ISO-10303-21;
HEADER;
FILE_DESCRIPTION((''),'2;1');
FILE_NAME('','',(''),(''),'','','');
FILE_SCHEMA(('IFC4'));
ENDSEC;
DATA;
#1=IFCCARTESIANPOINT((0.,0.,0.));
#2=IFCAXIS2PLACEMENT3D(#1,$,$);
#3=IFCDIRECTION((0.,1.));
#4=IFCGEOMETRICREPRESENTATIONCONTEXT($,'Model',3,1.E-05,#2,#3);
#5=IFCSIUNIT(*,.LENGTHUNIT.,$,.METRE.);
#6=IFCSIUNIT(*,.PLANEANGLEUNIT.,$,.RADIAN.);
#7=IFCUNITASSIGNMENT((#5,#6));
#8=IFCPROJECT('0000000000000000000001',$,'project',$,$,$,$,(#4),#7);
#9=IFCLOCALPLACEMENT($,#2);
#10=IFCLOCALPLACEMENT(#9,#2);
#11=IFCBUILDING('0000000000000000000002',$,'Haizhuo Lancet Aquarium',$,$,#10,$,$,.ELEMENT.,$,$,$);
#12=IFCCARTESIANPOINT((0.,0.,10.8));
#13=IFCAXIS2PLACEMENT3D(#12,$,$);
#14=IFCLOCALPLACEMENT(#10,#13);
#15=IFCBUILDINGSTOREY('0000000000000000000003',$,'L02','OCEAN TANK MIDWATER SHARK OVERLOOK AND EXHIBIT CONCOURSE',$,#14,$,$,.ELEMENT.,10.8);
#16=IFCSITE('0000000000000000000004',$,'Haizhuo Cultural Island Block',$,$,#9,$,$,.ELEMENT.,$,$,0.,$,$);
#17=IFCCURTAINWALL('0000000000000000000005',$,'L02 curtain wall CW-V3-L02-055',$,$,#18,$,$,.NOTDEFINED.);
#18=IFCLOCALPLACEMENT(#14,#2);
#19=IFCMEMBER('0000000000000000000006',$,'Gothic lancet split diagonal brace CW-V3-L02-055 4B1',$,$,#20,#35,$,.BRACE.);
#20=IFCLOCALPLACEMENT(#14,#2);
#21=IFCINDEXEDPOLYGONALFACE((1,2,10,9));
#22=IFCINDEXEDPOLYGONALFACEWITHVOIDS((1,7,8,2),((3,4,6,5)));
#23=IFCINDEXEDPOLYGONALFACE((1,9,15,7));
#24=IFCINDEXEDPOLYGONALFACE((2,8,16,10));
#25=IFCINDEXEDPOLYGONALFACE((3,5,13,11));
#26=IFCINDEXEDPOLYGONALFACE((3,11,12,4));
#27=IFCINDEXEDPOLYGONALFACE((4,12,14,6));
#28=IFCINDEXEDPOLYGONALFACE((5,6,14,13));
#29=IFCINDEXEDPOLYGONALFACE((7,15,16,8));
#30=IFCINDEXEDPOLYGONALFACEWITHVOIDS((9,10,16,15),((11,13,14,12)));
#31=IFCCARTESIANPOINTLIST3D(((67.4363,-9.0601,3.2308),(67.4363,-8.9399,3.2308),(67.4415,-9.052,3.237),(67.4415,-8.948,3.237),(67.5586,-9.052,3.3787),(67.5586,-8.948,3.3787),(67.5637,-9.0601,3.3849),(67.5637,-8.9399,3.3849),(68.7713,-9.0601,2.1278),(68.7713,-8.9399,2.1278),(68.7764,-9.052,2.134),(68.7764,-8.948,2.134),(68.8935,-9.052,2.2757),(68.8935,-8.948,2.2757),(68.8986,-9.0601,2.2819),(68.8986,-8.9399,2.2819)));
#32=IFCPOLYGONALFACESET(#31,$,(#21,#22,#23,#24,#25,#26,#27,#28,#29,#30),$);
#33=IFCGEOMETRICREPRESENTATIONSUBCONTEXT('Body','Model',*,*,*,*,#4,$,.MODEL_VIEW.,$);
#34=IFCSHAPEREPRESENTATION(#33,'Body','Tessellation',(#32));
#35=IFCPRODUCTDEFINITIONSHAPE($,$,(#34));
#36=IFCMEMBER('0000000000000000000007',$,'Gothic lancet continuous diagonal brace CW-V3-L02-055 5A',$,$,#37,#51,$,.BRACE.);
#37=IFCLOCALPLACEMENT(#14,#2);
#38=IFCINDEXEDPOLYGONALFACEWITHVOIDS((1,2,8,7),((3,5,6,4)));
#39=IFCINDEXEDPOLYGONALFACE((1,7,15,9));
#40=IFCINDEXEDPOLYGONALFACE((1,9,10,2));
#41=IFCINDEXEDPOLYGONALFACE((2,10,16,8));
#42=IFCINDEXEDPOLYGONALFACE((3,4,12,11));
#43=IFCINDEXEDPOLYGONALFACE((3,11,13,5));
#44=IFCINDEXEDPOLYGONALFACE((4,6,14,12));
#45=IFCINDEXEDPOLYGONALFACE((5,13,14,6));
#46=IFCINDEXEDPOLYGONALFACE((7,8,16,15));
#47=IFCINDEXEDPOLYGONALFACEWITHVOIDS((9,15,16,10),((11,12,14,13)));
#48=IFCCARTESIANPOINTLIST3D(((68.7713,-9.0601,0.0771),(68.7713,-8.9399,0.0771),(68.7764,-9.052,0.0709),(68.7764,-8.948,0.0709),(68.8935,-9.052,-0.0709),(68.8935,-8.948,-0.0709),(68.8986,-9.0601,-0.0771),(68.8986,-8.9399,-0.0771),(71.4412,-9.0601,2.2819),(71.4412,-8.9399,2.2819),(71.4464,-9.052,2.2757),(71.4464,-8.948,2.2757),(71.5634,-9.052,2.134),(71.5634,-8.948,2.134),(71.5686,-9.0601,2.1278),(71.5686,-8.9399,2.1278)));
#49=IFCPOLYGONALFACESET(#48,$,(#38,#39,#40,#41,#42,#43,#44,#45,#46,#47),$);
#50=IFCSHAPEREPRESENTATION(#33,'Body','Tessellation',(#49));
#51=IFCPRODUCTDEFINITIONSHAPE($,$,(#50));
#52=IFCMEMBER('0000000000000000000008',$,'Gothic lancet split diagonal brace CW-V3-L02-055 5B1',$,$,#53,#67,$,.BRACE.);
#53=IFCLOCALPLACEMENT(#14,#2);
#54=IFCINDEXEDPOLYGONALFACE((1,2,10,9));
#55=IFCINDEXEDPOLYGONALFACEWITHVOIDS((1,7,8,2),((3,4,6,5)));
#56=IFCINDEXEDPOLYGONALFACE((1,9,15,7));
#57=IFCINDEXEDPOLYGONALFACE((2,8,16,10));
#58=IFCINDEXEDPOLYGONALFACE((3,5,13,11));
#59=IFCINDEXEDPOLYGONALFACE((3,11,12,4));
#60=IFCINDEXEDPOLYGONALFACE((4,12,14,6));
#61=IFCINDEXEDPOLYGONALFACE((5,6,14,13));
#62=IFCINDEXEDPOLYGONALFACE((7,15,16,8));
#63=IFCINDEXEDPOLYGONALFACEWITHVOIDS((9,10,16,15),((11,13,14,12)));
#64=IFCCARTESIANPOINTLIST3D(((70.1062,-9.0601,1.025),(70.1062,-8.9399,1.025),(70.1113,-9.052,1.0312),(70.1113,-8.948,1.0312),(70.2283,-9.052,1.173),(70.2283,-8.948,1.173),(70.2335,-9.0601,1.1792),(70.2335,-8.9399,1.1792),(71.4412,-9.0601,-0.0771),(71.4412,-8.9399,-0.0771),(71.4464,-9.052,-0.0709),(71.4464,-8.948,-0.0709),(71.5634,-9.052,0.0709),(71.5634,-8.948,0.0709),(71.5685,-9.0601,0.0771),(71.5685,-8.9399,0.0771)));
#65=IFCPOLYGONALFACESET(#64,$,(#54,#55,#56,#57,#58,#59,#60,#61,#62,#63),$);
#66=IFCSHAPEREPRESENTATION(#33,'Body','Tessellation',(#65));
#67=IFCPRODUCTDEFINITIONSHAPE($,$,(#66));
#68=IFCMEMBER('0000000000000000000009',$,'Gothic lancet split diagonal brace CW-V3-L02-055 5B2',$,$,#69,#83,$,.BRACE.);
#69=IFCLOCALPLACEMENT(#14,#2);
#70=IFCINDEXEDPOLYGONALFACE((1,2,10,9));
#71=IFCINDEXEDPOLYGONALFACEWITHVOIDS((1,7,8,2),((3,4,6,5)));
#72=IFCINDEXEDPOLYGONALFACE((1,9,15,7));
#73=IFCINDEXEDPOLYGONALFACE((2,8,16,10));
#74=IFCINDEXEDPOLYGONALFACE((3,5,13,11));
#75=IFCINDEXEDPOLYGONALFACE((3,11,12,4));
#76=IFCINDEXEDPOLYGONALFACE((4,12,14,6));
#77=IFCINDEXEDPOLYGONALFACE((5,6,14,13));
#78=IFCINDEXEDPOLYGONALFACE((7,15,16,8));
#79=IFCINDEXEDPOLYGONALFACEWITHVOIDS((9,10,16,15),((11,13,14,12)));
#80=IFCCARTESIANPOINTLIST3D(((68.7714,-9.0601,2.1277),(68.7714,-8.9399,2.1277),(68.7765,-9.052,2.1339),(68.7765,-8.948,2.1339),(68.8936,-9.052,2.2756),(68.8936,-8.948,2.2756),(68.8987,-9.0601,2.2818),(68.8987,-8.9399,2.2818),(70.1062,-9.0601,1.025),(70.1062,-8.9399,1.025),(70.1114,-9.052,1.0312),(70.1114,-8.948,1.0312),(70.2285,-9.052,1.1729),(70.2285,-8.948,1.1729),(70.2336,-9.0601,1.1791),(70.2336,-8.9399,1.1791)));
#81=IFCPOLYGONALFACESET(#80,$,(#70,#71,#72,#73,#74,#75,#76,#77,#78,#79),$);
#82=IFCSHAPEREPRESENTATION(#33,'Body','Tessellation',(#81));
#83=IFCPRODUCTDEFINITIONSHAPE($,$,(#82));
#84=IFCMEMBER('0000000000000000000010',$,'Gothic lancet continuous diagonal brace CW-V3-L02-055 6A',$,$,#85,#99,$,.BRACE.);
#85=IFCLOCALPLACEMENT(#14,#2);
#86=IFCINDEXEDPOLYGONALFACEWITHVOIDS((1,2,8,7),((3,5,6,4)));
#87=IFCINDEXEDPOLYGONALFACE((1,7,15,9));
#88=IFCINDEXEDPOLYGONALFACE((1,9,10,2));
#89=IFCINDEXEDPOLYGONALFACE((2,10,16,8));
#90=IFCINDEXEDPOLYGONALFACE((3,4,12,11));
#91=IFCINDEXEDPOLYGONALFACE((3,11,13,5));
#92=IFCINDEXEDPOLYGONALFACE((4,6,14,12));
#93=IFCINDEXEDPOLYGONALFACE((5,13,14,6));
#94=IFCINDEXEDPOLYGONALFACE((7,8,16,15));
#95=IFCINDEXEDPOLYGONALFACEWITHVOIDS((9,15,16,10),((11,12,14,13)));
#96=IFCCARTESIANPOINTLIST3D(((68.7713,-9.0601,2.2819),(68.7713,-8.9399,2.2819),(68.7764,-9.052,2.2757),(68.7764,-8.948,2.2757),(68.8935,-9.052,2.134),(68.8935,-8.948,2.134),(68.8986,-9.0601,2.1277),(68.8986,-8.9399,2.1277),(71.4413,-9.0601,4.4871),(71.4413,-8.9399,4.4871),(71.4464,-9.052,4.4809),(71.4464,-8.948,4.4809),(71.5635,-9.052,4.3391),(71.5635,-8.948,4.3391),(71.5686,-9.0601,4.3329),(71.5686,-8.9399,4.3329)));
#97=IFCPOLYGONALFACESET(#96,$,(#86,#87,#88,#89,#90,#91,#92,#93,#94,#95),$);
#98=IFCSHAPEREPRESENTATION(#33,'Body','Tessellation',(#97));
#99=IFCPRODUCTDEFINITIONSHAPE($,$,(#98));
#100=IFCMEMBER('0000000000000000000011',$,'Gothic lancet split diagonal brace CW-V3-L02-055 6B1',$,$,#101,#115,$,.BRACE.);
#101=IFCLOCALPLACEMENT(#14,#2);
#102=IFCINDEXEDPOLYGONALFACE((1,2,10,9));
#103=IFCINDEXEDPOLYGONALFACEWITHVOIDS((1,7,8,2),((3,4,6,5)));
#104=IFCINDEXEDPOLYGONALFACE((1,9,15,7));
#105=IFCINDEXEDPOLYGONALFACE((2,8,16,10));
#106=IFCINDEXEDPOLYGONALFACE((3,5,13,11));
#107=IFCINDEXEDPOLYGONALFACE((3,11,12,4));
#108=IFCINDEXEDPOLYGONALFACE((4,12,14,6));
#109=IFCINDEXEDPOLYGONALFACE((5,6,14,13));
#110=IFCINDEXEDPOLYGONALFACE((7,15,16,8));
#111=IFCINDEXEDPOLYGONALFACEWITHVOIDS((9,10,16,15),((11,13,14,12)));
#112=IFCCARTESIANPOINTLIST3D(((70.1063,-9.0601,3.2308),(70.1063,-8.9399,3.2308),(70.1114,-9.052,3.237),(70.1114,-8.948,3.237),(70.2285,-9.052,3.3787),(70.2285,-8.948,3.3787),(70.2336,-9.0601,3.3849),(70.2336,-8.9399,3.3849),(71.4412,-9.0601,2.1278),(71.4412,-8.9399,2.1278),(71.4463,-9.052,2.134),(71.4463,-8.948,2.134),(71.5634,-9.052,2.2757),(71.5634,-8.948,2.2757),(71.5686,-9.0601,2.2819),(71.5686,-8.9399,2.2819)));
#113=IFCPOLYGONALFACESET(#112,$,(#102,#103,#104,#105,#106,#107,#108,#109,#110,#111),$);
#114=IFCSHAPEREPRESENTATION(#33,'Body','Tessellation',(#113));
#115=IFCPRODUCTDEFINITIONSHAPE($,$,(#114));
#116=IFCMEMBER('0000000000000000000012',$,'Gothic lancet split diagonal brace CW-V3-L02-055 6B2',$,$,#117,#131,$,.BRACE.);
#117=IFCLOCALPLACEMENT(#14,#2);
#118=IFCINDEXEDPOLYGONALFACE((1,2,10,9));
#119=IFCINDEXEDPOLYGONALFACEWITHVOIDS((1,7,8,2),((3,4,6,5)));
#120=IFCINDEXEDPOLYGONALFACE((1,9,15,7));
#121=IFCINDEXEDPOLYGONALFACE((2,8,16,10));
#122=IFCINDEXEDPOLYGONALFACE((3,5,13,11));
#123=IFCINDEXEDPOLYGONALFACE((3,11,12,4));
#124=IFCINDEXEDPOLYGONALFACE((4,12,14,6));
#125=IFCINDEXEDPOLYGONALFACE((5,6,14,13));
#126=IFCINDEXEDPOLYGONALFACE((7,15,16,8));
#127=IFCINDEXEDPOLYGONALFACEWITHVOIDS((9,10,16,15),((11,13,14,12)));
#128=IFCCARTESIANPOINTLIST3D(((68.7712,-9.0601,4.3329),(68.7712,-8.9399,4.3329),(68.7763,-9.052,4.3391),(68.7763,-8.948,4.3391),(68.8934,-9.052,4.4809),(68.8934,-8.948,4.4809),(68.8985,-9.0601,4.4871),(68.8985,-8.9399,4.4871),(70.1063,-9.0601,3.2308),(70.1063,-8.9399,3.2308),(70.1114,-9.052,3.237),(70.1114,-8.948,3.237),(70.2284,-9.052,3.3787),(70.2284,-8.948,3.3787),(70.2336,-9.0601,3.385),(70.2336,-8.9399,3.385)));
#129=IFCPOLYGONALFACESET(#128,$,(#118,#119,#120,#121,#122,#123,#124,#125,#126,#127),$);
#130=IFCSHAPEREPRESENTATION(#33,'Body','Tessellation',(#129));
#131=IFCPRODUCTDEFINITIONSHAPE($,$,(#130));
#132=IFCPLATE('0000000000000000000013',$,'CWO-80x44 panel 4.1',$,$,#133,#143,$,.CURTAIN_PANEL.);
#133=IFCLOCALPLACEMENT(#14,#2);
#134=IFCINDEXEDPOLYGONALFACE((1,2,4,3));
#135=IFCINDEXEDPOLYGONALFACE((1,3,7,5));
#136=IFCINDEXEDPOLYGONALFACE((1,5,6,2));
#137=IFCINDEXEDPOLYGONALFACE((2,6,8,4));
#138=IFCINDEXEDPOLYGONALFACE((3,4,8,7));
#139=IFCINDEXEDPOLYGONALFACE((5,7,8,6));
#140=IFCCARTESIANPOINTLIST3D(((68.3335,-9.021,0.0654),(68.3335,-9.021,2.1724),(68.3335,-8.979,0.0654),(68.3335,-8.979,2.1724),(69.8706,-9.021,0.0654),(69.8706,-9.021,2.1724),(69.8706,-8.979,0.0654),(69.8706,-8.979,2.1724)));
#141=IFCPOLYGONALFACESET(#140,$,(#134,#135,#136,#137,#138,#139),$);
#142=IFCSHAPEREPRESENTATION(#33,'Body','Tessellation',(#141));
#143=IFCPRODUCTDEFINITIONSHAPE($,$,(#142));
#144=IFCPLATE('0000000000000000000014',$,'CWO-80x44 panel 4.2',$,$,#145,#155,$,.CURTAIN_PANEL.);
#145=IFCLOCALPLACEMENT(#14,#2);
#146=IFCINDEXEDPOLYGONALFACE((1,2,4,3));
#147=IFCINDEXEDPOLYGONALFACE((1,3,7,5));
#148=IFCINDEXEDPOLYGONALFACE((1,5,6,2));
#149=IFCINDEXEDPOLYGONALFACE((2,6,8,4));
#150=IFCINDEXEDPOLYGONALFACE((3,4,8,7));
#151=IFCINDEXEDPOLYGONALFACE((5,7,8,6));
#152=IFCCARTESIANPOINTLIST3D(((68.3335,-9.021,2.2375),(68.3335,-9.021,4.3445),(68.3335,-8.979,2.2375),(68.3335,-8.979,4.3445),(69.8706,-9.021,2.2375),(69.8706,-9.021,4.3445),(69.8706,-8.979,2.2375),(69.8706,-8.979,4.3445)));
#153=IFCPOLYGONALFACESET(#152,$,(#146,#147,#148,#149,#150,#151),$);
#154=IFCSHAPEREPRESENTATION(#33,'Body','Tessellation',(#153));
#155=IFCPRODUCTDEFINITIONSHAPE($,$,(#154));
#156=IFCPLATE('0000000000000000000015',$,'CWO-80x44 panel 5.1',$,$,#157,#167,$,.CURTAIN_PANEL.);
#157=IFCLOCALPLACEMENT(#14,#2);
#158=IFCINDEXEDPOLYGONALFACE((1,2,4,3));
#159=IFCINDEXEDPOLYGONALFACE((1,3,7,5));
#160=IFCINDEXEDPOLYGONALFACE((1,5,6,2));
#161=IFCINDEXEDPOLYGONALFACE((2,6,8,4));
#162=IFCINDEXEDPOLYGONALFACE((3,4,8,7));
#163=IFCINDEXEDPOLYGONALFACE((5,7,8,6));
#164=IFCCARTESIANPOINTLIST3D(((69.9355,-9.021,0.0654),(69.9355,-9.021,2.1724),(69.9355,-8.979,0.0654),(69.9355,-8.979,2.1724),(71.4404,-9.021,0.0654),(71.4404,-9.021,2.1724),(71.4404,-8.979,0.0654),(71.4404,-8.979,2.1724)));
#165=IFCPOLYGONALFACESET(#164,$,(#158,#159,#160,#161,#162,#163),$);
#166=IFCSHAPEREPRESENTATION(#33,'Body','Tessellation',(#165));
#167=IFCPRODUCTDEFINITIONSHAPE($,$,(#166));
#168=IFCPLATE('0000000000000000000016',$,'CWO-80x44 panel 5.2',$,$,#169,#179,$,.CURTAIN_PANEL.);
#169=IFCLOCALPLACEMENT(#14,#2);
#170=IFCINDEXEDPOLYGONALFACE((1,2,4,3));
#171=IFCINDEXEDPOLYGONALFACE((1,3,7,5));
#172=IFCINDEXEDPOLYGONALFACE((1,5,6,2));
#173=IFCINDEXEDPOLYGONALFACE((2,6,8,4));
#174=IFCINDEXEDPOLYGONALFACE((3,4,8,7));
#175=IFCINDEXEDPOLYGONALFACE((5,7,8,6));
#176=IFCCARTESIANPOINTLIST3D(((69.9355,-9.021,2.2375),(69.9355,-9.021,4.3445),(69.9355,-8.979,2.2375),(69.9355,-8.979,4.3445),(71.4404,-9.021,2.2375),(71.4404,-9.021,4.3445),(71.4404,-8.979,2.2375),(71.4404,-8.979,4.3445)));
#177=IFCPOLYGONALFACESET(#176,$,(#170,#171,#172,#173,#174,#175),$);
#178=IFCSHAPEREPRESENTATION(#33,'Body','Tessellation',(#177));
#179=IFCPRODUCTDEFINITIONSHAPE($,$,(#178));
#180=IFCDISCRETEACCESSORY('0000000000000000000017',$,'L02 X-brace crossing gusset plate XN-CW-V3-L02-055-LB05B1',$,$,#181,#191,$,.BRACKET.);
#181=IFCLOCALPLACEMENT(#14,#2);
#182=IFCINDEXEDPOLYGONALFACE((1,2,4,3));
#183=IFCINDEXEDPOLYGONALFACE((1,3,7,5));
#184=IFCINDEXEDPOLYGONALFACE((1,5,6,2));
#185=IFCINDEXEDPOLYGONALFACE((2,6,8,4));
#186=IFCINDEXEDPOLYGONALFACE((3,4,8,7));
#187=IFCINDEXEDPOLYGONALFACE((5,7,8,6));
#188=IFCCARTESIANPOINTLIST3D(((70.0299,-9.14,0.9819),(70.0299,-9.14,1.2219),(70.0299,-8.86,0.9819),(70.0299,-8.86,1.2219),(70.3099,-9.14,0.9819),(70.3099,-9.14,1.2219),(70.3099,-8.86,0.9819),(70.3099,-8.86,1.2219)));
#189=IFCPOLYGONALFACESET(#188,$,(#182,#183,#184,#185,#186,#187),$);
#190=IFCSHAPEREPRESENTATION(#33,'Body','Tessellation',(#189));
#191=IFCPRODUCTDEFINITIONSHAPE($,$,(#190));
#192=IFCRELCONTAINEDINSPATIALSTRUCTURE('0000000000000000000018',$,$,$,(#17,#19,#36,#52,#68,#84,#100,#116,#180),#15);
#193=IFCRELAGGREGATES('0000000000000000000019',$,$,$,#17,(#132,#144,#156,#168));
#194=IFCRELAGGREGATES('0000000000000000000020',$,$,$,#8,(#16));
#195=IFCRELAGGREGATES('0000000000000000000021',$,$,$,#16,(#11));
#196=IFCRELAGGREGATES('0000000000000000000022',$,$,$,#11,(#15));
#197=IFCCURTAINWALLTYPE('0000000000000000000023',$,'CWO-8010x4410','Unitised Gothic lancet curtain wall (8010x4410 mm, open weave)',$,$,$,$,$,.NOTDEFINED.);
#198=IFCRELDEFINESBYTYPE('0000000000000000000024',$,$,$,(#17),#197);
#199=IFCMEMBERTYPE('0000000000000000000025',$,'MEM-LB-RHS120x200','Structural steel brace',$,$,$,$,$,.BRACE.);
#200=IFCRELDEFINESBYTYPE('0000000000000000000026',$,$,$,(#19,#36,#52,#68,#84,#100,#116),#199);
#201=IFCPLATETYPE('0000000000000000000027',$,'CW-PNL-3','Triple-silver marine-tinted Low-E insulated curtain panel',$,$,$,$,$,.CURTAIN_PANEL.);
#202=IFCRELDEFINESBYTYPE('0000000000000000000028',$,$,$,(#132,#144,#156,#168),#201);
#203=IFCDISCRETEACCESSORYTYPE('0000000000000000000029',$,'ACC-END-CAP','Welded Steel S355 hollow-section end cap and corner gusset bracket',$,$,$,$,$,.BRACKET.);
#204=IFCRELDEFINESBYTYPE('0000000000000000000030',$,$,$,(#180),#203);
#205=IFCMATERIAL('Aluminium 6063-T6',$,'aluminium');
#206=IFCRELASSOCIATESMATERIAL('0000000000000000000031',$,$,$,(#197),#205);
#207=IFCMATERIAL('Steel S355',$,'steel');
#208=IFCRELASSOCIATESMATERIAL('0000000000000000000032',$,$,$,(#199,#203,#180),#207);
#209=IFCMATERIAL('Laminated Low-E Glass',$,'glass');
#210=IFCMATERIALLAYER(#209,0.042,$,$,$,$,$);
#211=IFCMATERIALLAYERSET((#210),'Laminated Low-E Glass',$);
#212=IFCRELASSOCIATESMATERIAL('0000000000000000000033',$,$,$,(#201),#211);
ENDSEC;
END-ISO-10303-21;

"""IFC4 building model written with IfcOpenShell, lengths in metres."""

from ifc_helpers import new_model, si_unit, direction, frame, origin, origin_2d, place, context, subcontext, project, spatial, rectangle, hollow_rectangle, extrude, material, layer, layer_set, material_profile, profile_set, type_object, element, aggregate, save


model = new_model("IFC4")

# Units and contexts
model_context = context("Model", 3, precision=1e-05, world=origin(), true_north=direction((0.0, 1.0)))
body_context = subcontext(model_context, "Body", "Model", "MODEL_VIEW")
ifc_project = project(units=[si_unit("LENGTHUNIT", "METRE"), si_unit("PLANEANGLEUNIT", "RADIAN")], contexts=[model_context])

# Site, building, storey
site_placement = place(None, origin())
site = spatial("IfcSite", under=ifc_project, at=site_placement, Name="Haizhuo Cultural Island Block", CompositionType="ELEMENT", RefElevation=0.0)
building_placement = place(site_placement, origin())
building = spatial("IfcBuilding", under=site, at=building_placement, Name="Haizhuo Lancet Aquarium", CompositionType="ELEMENT")
storey_placement = place(building_placement, frame((0.0, 0.0, 10.8)))
storey = spatial("IfcBuildingStorey", under=building, at=storey_placement, Name="L02", Description="OCEAN TANK MIDWATER SHARK OVERLOOK AND EXHIBIT CONCOURSE", CompositionType="ELEMENT", Elevation=10.8)

# Curtain wall
ifc_material_1 = material(Name="Aluminium 6063-T6", Category="aluminium")
curtain_wall_type = type_object("IfcCurtainWallType", Name="CWO-8010x4410", Description="Unitised Gothic lancet curtain wall (8010x4410 mm, open weave)", PredefinedType="NOTDEFINED", material=ifc_material_1)
curtain_wall_placement = place(storey_placement, origin())
curtain_wall = element("IfcCurtainWall", 1, at=curtain_wall_placement, inside=storey, type_object=curtain_wall_type, Name="L02 curtain wall CW-V3-L02-055", PredefinedType="NOTDEFINED")

# Members
ifc_material_2 = material(Name="Steel S355", Category="steel")
ifc_material_profile_1 = material_profile(ifc_material_2, hollow_rectangle(XDim=0.1201, YDim=0.2, WallThickness=0.0081, at=origin_2d()), Name="RHS 120x200x8")
ifc_profile_set_1 = profile_set([ifc_material_profile_1], Name="Steel S355")
member_type_1 = type_object("IfcMemberType", Name="MEM-LB-RHS120x200", Description="Structural steel brace", PredefinedType="BRACE", material=ifc_profile_set_1)
member_1_placement = place(storey_placement, frame((68.835, -9.0, 2.2048), z_axis=(-0.770896, 0.0, 0.636962), x_axis=(0.0, -1.0, 0.0)))
element("IfcMember", 2, at=member_1_placement, inside=storey, type_object=member_type_1, Name="Gothic lancet split diagonal brace CW-V3-L02-055 4B1", PredefinedType="BRACE", context=body_context, shape_type="SweptSolid", body=[
    extrude(hollow_rectangle(XDim=0.1201, YDim=0.2, WallThickness=0.0081, at=origin_2d()), origin(), (0.0, 0.0, 1.0), 1.7317),
])
member_2_placement = place(storey_placement, frame((68.835, -9.0, 0.0), z_axis=(0.771069, 0.0, 0.636752), x_axis=(0.0, 1.0, 0.0)))
element("IfcMember", 3, at=member_2_placement, inside=storey, type_object=member_type_1, Name="Gothic lancet continuous diagonal brace CW-V3-L02-055 5A", PredefinedType="BRACE", context=body_context, shape_type="SweptSolid", body=[
    extrude(hollow_rectangle(XDim=0.1201, YDim=0.2, WallThickness=0.0081, at=origin_2d()), origin(), (0.0, 0.0, 1.0), 3.4626),
])
member_3_placement = place(storey_placement, frame((71.5049, -9.0, 0.0), z_axis=(-0.771172, 0.0, 0.636626), x_axis=(0.0, -1.0, 0.0)))
element("IfcMember", 4, at=member_3_placement, inside=storey, type_object=member_type_1, Name="Gothic lancet split diagonal brace CW-V3-L02-055 5B1", PredefinedType="BRACE", context=body_context, shape_type="SweptSolid", body=[
    extrude(hollow_rectangle(XDim=0.1201, YDim=0.2, WallThickness=0.0081, at=origin_2d()), origin(), (0.0, 0.0, 1.0), 1.7312),
])
member_4_placement = place(storey_placement, frame((70.1699, -9.0, 1.1021), z_axis=(-0.770965, 0.0, 0.636878), x_axis=(0.0, -1.0, 0.0)))
element("IfcMember", 5, at=member_4_placement, inside=storey, type_object=member_type_1, Name="Gothic lancet split diagonal brace CW-V3-L02-055 5B2", PredefinedType="BRACE", context=body_context, shape_type="SweptSolid", body=[
    extrude(hollow_rectangle(XDim=0.1201, YDim=0.2, WallThickness=0.0081, at=origin_2d()), origin(), (0.0, 0.0, 1.0), 1.7314),
])
member_5_placement = place(storey_placement, frame((68.835, -9.0, 2.2048), z_axis=(0.771034, 0.0, 0.636794), x_axis=(0.0, 1.0, 0.0)))
element("IfcMember", 6, at=member_5_placement, inside=storey, type_object=member_type_1, Name="Gothic lancet continuous diagonal brace CW-V3-L02-055 6A", PredefinedType="BRACE", context=body_context, shape_type="SweptSolid", body=[
    extrude(hollow_rectangle(XDim=0.1201, YDim=0.2, WallThickness=0.0081, at=origin_2d()), origin(), (0.0, 0.0, 1.0), 3.4629),
])
member_6_placement = place(storey_placement, frame((71.5049, -9.0, 2.2048), z_axis=(-0.770896, 0.0, 0.636962), x_axis=(0.0, -1.0, 0.0)))
element("IfcMember", 7, at=member_6_placement, inside=storey, type_object=member_type_1, Name="Gothic lancet split diagonal brace CW-V3-L02-055 6B1", PredefinedType="BRACE", context=body_context, shape_type="SweptSolid", body=[
    extrude(hollow_rectangle(XDim=0.1201, YDim=0.2, WallThickness=0.0081, at=origin_2d()), origin(), (0.0, 0.0, 1.0), 1.7317),
])
member_7_placement = place(storey_placement, frame((70.1699, -9.0, 3.3079), z_axis=(-0.771172, 0.0, 0.636626), x_axis=(0.0, -1.0, 0.0)))
element("IfcMember", 8, at=member_7_placement, inside=storey, type_object=member_type_1, Name="Gothic lancet split diagonal brace CW-V3-L02-055 6B2", PredefinedType="BRACE", context=body_context, shape_type="SweptSolid", body=[
    extrude(hollow_rectangle(XDim=0.1201, YDim=0.2, WallThickness=0.0081, at=origin_2d()), origin(), (0.0, 0.0, 1.0), 1.7312),
])

# Plates
ifc_material_3 = material(Name="Laminated Low-E Glass", Category="glass")
ifc_layer = layer(ifc_material_3, 0.042)
ifc_layer_set = layer_set([ifc_layer], Name="Laminated Low-E Glass")
plate_type = type_object("IfcPlateType", Name="CW-PNL-3", Description="Triple-silver marine-tinted Low-E insulated curtain panel", PredefinedType="CURTAIN_PANEL", material=ifc_layer_set)
plate_1_placement = place(storey_placement, frame((69.1021, -9.0, 0.0654), z_axis=(0.0, 0.0, 1.0), x_axis=(1.0, 0.0, 0.0)))
plate_1 = element("IfcPlate", 9, at=plate_1_placement, type_object=plate_type, Name="CWO-80x44 panel 4.1", PredefinedType="CURTAIN_PANEL", context=body_context, shape_type="SweptSolid", body=[
    extrude(rectangle(XDim=1.5371, YDim=0.042, at=origin_2d()), origin(), (0.0, 0.0, 1.0), 2.1069),
])
plate_2_placement = place(storey_placement, frame((69.1021, -9.0, 2.2375), z_axis=(0.0, 0.0, 1.0), x_axis=(1.0, 0.0, 0.0)))
plate_2 = element("IfcPlate", 10, at=plate_2_placement, type_object=plate_type, Name="CWO-80x44 panel 4.2", PredefinedType="CURTAIN_PANEL", context=body_context, shape_type="SweptSolid", body=[
    extrude(rectangle(XDim=1.5371, YDim=0.042, at=origin_2d()), origin(), (0.0, 0.0, 1.0), 2.1069),
])
plate_3_placement = place(storey_placement, frame((70.688, -9.0, 0.0654), z_axis=(0.0, 0.0, 1.0), x_axis=(1.0, 0.0, 0.0)))
plate_3 = element("IfcPlate", 11, at=plate_3_placement, type_object=plate_type, Name="CWO-80x44 panel 5.1", PredefinedType="CURTAIN_PANEL", context=body_context, shape_type="SweptSolid", body=[
    extrude(rectangle(XDim=1.5049, YDim=0.042, at=origin_2d()), origin(), (0.0, 0.0, 1.0), 2.1069),
])
plate_4_placement = place(storey_placement, frame((70.688, -9.0, 2.2375), z_axis=(0.0, 0.0, 1.0), x_axis=(1.0, 0.0, 0.0)))
plate_4 = element("IfcPlate", 12, at=plate_4_placement, type_object=plate_type, Name="CWO-80x44 panel 5.2", PredefinedType="CURTAIN_PANEL", context=body_context, shape_type="SweptSolid", body=[
    extrude(rectangle(XDim=1.5049, YDim=0.042, at=origin_2d()), origin(), (0.0, 0.0, 1.0), 2.1069),
])
aggregate(curtain_wall, [plate_1, plate_2, plate_3, plate_4])

# Discrete accessory
discrete_accessory_type = type_object("IfcDiscreteAccessoryType", Name="ACC-END-CAP", Description="Welded Steel S355 hollow-section end cap and corner gusset bracket", PredefinedType="BRACKET", material=ifc_material_2)
for number, where, z_axis, x_axis, name in (
    (13, (70.1699, -9.0, 0.9819), (0.0, 0.0, 1.0), (1.0, 0.0, 0.0), "L02 X-brace crossing gusset plate XN-CW-V3-L02-055-LB05B1"),
):
    element("IfcDiscreteAccessory", number, at=place(storey_placement, frame(where, z_axis=z_axis, x_axis=x_axis)), inside=storey, type_object=discrete_accessory_type, material=ifc_material_2, Name=name, PredefinedType="BRACKET", context=body_context, shape_type="SweptSolid", body=[
        extrude(rectangle(XDim=0.28, YDim=0.28, at=origin_2d()), origin(), (0.0, 0.0, 1.0), 0.24),
    ])

save(model, "model.ifc")
